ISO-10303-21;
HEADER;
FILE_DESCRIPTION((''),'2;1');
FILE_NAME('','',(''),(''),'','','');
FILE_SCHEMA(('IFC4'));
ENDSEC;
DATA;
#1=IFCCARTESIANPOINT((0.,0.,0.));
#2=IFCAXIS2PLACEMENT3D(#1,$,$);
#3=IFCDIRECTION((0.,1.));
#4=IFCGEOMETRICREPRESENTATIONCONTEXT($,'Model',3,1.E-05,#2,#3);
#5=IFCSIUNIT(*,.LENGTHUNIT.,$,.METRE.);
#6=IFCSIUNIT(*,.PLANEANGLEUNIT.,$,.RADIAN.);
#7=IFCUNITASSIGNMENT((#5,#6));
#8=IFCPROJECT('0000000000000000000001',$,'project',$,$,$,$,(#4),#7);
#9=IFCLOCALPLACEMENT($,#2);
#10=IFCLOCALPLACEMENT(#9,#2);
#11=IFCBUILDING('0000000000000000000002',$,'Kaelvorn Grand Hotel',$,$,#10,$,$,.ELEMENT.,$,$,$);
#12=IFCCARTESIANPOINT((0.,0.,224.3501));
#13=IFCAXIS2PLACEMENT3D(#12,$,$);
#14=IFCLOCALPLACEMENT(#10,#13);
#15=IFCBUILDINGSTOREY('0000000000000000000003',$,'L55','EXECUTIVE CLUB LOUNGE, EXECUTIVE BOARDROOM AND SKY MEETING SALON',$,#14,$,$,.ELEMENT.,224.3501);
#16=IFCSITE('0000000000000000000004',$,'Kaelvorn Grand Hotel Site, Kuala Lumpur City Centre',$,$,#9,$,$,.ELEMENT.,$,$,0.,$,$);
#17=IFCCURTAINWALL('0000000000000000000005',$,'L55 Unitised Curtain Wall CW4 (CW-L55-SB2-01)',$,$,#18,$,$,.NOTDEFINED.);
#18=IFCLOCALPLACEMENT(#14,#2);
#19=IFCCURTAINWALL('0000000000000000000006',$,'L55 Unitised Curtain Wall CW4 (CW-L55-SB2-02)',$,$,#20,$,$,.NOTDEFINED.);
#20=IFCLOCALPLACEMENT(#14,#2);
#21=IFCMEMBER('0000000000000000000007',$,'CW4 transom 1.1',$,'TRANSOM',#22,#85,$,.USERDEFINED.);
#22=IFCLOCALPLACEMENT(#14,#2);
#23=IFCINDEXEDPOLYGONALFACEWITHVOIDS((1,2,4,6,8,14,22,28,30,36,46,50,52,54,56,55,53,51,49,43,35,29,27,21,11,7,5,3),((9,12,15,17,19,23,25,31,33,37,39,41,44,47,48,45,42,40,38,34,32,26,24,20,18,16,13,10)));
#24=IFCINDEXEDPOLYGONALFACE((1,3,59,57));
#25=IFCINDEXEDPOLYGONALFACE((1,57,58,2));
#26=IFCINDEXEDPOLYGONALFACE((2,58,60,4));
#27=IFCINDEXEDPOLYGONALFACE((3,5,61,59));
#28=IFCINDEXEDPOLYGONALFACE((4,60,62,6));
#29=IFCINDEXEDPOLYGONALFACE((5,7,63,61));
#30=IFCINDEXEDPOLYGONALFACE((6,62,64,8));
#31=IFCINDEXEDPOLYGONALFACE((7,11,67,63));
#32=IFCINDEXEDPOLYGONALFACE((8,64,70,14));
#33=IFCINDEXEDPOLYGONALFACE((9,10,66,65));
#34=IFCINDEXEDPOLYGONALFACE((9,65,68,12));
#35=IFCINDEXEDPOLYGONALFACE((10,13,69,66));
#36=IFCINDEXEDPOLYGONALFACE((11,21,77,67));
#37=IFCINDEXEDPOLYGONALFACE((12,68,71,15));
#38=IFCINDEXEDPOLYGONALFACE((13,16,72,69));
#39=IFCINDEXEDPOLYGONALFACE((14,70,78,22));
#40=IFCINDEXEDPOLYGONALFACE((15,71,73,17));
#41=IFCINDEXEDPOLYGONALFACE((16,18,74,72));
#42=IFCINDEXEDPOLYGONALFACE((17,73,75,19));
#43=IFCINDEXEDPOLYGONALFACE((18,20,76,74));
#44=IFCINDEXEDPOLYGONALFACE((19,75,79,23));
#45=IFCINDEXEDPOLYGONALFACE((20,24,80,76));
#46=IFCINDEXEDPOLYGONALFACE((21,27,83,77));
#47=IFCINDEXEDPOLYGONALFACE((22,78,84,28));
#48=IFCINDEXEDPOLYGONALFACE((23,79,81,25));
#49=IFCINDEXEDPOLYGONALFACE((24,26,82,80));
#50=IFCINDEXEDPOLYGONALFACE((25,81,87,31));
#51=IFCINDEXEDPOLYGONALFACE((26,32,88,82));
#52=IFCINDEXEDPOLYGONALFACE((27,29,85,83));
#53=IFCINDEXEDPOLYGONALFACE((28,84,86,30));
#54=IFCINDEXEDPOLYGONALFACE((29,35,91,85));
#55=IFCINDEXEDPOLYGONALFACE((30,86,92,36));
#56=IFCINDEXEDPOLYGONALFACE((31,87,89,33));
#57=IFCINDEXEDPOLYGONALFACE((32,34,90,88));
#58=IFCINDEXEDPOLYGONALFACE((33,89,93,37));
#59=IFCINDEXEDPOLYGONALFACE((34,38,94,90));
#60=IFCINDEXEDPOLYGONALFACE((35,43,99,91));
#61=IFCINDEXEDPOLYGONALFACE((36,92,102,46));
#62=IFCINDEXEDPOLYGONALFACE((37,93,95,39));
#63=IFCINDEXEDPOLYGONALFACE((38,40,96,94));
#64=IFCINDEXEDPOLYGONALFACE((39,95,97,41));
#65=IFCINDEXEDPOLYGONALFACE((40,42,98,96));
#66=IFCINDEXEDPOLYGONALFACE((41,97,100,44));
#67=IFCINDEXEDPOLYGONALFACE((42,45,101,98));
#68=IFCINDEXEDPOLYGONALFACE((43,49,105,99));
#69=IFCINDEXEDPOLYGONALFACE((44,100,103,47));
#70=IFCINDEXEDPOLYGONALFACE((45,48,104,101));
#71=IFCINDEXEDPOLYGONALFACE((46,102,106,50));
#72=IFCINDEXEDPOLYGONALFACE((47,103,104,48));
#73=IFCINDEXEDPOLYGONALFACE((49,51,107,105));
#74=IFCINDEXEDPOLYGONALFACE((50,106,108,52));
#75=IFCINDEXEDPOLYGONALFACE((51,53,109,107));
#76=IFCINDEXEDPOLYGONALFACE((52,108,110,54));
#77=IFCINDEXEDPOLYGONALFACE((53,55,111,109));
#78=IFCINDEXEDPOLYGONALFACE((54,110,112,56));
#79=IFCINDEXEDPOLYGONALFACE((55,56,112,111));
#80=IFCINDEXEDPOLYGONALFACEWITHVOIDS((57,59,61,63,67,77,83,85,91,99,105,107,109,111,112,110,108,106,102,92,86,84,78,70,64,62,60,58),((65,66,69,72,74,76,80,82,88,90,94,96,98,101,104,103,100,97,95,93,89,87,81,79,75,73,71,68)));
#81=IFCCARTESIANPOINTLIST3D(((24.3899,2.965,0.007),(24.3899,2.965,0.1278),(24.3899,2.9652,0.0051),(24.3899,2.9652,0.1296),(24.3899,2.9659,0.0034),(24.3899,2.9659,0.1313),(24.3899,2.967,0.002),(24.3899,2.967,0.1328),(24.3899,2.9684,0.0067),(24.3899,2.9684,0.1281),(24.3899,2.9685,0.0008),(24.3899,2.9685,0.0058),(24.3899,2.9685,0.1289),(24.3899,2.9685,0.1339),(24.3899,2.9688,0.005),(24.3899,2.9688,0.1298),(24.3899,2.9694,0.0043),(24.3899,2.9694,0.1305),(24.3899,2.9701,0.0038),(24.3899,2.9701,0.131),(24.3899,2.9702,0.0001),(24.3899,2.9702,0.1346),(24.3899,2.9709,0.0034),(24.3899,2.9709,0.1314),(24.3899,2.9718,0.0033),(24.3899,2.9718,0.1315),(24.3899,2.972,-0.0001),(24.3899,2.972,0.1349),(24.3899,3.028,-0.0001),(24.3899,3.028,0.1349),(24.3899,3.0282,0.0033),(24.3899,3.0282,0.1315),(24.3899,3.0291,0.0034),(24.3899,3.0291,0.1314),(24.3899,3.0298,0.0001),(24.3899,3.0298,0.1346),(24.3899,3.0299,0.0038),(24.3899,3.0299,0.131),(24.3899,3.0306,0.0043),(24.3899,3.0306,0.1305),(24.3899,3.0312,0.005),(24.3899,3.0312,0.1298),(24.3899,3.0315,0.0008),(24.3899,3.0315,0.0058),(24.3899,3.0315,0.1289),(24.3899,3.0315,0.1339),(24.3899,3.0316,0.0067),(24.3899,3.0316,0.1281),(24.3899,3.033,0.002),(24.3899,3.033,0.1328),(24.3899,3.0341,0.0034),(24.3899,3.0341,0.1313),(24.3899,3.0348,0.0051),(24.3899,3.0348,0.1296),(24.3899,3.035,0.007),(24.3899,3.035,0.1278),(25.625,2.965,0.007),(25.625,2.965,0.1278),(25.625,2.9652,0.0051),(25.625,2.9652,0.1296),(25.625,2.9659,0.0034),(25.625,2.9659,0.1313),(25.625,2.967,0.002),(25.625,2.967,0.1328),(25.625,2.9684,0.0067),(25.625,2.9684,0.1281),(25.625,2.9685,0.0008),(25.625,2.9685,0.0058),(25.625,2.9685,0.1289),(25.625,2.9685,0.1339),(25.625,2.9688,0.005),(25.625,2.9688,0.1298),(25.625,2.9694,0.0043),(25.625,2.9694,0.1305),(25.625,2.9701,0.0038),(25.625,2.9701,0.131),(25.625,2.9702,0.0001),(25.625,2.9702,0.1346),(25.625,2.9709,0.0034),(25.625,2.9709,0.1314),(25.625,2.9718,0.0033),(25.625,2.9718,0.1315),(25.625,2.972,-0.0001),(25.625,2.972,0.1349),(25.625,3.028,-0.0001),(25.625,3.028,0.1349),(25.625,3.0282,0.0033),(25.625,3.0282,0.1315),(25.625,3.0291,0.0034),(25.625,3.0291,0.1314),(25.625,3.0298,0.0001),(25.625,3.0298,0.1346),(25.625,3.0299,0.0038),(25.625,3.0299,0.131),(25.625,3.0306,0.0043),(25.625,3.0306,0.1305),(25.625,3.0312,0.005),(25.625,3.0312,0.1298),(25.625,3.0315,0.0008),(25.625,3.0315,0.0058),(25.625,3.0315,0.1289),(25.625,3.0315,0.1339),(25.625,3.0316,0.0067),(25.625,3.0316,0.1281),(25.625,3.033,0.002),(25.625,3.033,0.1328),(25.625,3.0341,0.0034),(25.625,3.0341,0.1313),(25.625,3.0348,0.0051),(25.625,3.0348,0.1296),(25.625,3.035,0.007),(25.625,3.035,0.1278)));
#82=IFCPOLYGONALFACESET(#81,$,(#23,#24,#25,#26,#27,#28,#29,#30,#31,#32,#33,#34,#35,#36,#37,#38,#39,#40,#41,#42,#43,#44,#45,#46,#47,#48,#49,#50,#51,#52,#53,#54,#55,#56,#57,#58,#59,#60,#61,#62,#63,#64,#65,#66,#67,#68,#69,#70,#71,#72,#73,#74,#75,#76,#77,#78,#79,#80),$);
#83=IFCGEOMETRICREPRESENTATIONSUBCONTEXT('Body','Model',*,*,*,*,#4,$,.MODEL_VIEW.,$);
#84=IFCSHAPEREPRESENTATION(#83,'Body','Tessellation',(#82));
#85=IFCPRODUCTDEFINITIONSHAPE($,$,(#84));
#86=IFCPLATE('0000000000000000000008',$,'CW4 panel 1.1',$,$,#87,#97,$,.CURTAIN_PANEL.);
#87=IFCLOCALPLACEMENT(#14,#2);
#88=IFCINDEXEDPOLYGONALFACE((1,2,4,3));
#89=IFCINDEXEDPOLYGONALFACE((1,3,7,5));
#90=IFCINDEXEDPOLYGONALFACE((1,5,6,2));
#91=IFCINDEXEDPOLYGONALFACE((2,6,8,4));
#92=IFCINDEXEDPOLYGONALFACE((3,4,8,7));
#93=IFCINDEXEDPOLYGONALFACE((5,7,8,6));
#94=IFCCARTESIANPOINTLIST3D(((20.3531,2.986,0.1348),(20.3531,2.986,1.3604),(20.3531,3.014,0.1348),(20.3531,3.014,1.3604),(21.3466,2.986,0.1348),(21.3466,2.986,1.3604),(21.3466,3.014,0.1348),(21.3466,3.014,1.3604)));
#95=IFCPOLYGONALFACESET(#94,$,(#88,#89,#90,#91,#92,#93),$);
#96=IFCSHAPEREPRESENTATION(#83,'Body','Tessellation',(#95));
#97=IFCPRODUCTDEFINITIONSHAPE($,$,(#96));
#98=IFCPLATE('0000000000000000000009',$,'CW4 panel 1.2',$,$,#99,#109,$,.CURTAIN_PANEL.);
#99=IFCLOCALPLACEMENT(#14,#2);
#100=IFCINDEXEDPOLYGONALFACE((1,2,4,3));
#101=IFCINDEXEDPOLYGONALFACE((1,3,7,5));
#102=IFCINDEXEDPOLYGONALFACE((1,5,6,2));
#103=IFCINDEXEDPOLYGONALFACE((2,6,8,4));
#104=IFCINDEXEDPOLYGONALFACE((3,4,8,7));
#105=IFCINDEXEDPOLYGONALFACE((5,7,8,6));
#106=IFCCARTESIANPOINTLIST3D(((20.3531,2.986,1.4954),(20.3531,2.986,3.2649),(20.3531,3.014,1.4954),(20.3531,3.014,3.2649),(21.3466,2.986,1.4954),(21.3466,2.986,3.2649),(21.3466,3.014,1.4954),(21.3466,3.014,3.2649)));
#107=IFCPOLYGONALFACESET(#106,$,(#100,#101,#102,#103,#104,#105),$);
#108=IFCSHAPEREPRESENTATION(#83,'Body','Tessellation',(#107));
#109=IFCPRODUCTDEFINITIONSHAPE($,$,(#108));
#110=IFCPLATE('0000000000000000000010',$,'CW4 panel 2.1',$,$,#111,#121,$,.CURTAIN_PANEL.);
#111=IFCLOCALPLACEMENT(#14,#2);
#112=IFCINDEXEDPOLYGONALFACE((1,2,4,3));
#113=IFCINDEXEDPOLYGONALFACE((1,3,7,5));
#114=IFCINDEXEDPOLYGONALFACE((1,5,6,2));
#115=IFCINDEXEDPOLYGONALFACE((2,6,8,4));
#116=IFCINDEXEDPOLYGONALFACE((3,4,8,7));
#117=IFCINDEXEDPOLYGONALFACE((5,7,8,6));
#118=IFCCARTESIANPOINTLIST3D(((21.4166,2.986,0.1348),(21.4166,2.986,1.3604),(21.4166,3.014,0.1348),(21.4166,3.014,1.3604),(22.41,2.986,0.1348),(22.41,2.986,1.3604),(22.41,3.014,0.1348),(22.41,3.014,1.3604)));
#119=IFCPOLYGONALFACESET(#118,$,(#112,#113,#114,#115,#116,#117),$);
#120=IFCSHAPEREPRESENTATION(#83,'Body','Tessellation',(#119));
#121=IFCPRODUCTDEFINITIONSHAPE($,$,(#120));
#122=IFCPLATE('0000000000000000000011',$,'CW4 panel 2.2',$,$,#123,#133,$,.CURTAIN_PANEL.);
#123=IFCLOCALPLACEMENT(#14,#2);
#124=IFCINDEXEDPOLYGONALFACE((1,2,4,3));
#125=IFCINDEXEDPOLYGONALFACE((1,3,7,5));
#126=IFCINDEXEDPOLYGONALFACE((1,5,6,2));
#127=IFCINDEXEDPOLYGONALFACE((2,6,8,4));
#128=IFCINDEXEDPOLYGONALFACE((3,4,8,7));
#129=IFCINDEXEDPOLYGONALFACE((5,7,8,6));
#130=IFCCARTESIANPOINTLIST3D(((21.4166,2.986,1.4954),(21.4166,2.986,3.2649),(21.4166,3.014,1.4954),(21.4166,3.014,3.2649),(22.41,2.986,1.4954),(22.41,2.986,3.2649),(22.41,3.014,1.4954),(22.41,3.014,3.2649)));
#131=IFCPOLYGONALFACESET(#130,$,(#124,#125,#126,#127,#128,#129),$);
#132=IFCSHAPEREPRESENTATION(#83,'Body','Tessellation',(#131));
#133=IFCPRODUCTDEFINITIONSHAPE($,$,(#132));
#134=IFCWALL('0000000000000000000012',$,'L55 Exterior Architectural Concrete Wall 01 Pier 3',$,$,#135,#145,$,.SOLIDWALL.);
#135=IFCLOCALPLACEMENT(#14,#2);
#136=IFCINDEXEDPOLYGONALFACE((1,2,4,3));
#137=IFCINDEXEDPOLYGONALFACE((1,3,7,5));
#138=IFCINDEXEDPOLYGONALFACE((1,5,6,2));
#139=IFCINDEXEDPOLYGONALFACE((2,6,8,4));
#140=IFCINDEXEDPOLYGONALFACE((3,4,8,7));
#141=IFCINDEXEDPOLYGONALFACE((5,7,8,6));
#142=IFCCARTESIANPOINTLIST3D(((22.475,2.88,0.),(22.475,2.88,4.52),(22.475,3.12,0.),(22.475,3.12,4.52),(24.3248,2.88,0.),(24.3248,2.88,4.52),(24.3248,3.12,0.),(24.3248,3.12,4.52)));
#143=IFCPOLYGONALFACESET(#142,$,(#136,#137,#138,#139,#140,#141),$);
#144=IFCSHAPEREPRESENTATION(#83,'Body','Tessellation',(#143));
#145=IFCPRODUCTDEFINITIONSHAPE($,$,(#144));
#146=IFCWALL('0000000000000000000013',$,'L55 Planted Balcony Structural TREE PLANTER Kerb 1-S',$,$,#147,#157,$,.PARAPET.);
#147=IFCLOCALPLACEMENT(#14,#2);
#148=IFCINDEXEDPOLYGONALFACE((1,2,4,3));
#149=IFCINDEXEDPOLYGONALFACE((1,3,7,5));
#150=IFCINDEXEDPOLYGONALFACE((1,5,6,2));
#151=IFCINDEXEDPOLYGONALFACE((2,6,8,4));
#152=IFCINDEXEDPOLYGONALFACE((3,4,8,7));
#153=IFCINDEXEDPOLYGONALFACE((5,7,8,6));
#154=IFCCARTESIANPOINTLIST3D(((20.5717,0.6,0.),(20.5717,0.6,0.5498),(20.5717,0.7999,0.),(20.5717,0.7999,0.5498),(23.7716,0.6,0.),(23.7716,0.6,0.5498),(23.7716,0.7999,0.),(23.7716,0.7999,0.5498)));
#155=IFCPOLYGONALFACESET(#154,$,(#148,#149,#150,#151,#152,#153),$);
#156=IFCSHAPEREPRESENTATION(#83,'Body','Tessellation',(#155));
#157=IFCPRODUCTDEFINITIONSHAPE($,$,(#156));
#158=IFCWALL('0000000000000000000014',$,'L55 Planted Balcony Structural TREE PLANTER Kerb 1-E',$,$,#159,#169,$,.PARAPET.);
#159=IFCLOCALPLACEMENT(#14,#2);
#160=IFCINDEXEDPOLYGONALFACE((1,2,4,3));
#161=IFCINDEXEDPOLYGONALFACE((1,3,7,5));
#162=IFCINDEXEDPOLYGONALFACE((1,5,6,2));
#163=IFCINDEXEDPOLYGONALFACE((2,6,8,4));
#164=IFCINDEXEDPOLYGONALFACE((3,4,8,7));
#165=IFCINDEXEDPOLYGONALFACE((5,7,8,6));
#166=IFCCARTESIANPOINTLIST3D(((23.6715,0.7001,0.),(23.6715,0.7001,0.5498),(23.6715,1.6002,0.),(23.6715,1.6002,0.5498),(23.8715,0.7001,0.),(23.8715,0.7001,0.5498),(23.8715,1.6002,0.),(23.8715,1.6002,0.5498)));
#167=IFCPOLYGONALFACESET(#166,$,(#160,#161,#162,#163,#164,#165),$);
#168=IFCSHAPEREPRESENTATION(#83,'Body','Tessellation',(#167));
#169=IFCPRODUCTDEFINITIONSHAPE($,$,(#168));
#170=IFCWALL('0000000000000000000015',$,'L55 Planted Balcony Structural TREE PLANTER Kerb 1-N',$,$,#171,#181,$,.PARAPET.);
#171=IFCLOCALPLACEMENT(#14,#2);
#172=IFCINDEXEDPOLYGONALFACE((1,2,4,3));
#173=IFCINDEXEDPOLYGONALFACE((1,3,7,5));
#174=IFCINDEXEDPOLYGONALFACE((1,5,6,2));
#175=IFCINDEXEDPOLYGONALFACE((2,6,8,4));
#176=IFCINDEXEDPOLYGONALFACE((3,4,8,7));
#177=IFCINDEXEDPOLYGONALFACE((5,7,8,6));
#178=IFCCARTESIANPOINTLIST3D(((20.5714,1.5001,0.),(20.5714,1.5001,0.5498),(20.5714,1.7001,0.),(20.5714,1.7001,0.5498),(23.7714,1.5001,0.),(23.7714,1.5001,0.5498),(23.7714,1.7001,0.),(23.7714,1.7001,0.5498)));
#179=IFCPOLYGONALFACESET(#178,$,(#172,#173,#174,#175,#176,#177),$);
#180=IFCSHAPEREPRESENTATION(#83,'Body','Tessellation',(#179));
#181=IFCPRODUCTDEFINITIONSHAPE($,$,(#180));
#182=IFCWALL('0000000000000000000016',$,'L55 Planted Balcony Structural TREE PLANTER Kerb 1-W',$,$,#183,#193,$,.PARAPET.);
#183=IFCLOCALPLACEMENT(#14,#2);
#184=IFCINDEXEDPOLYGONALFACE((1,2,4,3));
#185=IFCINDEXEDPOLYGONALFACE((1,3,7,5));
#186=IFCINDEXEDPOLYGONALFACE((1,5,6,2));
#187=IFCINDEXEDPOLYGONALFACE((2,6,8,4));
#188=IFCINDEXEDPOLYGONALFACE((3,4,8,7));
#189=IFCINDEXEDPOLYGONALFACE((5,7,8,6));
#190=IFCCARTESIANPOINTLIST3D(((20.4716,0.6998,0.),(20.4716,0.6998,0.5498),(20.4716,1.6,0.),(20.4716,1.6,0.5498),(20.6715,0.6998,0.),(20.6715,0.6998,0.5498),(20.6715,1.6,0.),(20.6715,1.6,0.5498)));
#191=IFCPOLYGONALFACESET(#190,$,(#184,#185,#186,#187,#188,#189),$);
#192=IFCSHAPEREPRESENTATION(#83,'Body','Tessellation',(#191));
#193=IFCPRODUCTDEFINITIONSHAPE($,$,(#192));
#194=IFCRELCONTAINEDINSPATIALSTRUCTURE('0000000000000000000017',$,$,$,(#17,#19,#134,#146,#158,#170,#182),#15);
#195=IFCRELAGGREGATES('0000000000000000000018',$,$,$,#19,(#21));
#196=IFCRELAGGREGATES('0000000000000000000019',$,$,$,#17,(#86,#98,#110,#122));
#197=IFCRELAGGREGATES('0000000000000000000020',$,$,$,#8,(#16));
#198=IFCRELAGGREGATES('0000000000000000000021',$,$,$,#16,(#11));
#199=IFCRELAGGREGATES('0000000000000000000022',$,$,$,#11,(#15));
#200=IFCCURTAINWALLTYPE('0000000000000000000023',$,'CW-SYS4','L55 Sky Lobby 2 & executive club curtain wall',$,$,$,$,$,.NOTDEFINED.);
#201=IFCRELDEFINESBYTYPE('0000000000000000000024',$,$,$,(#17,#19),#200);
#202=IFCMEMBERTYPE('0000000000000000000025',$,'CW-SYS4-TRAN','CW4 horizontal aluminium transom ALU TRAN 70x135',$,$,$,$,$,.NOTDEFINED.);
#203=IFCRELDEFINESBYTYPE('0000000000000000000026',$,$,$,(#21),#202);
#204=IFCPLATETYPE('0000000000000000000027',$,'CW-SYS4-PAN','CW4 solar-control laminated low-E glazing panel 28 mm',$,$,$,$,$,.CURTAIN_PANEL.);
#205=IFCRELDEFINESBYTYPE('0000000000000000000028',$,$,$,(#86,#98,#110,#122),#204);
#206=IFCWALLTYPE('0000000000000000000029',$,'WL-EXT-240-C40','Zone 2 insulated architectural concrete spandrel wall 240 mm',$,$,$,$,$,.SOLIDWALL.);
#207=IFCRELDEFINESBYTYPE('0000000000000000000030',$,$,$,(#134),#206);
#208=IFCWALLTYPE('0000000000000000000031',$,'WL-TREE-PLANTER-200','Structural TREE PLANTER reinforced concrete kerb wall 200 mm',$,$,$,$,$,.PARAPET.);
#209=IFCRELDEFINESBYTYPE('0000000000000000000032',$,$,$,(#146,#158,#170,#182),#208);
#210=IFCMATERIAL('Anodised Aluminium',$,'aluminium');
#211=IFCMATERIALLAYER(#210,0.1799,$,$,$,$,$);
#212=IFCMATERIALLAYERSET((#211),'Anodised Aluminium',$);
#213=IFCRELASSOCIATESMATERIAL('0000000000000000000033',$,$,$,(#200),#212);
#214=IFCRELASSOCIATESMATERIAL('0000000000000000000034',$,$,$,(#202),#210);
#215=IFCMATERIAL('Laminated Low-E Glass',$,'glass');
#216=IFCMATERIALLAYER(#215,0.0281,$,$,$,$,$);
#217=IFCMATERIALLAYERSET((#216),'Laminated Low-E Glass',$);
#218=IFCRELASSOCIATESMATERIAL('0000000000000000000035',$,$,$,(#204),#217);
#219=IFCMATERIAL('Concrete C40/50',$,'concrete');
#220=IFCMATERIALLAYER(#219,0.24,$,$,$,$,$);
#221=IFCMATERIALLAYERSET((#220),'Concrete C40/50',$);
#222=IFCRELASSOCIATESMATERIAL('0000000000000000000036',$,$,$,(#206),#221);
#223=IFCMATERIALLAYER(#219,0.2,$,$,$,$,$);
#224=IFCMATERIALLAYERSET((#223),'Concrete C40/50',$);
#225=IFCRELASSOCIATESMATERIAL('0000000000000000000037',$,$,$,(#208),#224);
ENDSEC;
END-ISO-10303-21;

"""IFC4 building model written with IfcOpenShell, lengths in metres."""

from ifc_helpers import new_model, si_unit, direction, frame, frame_2d, origin, origin_2d, place, context, subcontext, project, spatial, rectangle, hollow_rectangle, extrude, material, layer, layer_set, material_profile, profile_set, type_object, element, aggregate, save


model = new_model("IFC4")

# Units and contexts
model_context = context("Model", 3, precision=1e-05, world=origin(), true_north=direction((0.0, 1.0)))
body_context = subcontext(model_context, "Body", "Model", "MODEL_VIEW")
ifc_project = project(units=[si_unit("LENGTHUNIT", "METRE"), si_unit("PLANEANGLEUNIT", "RADIAN")], contexts=[model_context])

# Site, building, storey
site_placement = place(None, origin())
site = spatial("IfcSite", under=ifc_project, at=site_placement, Name="Kaelvorn Grand Hotel Site, Kuala Lumpur City Centre", CompositionType="ELEMENT", RefElevation=0.0)
building_placement = place(site_placement, origin())
building = spatial("IfcBuilding", under=site, at=building_placement, Name="Kaelvorn Grand Hotel", CompositionType="ELEMENT")
storey_placement = place(building_placement, frame((0.0, 0.0, 224.3501)))
storey = spatial("IfcBuildingStorey", under=building, at=storey_placement, Name="L55", Description="EXECUTIVE CLUB LOUNGE, EXECUTIVE BOARDROOM AND SKY MEETING SALON", CompositionType="ELEMENT", Elevation=224.3501)

# Shared definitions
ifc_material_1 = material(Name="Concrete C40/50", Category="concrete")

# Curtain wall
ifc_material_2 = material(Name="Anodised Aluminium", Category="aluminium")
ifc_layer_1 = layer(ifc_material_2, 0.1799)
ifc_layer_set_1 = layer_set([ifc_layer_1], Name="Anodised Aluminium")
curtain_wall_type = type_object("IfcCurtainWallType", Name="CW-SYS4", Description="L55 Sky Lobby 2 & executive club curtain wall", PredefinedType="NOTDEFINED", material=ifc_layer_set_1)
curtain_wall_1_placement = place(storey_placement, origin())
curtain_wall_1 = element("IfcCurtainWall", 1, at=curtain_wall_1_placement, inside=storey, type_object=curtain_wall_type, Name="L55 Unitised Curtain Wall CW4 (CW-L55-SB2-01)", PredefinedType="NOTDEFINED")

# Curtain wall
curtain_wall_2_placement = place(storey_placement, origin())
curtain_wall_2 = element("IfcCurtainWall", 2, at=curtain_wall_2_placement, inside=storey, type_object=curtain_wall_type, Name="L55 Unitised Curtain Wall CW4 (CW-L55-SB2-02)", PredefinedType="NOTDEFINED")

# Member
ifc_material_profile_1 = material_profile(ifc_material_2, hollow_rectangle(XDim=0.0701, YDim=0.135, WallThickness=0.0034, InnerFilletRadius=0.0034, OuterFilletRadius=0.0071, at=origin_2d()), Name="ALU TRAN 70x135")
ifc_profile_set_1 = profile_set([ifc_material_profile_1], Name="Anodised Aluminium")
member_type_1 = type_object("IfcMemberType", Name="CW-SYS4-TRAN", Description="CW4 horizontal aluminium transom ALU TRAN 70x135", PredefinedType="NOTDEFINED", material=ifc_profile_set_1)
member_1_placement = place(storey_placement, frame((24.3899, 3.0, 0.0674), z_axis=(1.0, 0.0, 0.0), x_axis=(0.0, 1.0, 0.0)))
member_1 = element("IfcMember", 3, at=member_1_placement, type_object=member_type_1, Name="CW4 transom 1.1", ObjectType="TRANSOM", PredefinedType="USERDEFINED", context=body_context, shape_type="SweptSolid", body=[
    extrude(hollow_rectangle(XDim=0.0701, YDim=0.135, WallThickness=0.0034, InnerFilletRadius=0.0034, OuterFilletRadius=0.0071, at=origin_2d()), origin(), (0.0, 0.0, 1.0), 1.2351),
])
aggregate(curtain_wall_2, [member_1])

# Plates
ifc_material_3 = material(Name="Laminated Low-E Glass", Category="glass")
ifc_layer_2 = layer(ifc_material_3, 0.0281)
ifc_layer_set_2 = layer_set([ifc_layer_2], Name="Laminated Low-E Glass")
plate_type = type_object("IfcPlateType", Name="CW-SYS4-PAN", Description="CW4 solar-control laminated low-E glazing panel 28 mm", PredefinedType="CURTAIN_PANEL", material=ifc_layer_set_2)
plate_1_placement = place(storey_placement, frame((20.8499, 3.0, 0.1348), z_axis=(0.0, 0.0, 1.0), x_axis=(1.0, 0.0, 0.0)))
plate_1 = element("IfcPlate", 4, at=plate_1_placement, type_object=plate_type, Name="CW4 panel 1.1", PredefinedType="CURTAIN_PANEL", context=body_context, shape_type="SweptSolid", body=[
    extrude(rectangle(XDim=0.9934, YDim=0.0281, at=origin_2d()), origin(), (0.0, 0.0, 1.0), 1.2256),
])
plate_2_placement = place(storey_placement, frame((20.8499, 3.0, 1.4954), z_axis=(0.0, 0.0, 1.0), x_axis=(1.0, 0.0, 0.0)))
plate_2 = element("IfcPlate", 5, at=plate_2_placement, type_object=plate_type, Name="CW4 panel 1.2", PredefinedType="CURTAIN_PANEL", context=body_context, shape_type="SweptSolid", body=[
    extrude(rectangle(XDim=0.9934, YDim=0.0281, at=origin_2d()), origin(), (0.0, 0.0, 1.0), 1.7695),
])
plate_3_placement = place(storey_placement, frame((21.9133, 3.0, 0.1348), z_axis=(0.0, 0.0, 1.0), x_axis=(1.0, 0.0, 0.0)))
plate_3 = element("IfcPlate", 6, at=plate_3_placement, type_object=plate_type, Name="CW4 panel 2.1", PredefinedType="CURTAIN_PANEL", context=body_context, shape_type="SweptSolid", body=[
    extrude(rectangle(XDim=0.9934, YDim=0.0281, at=origin_2d()), origin(), (0.0, 0.0, 1.0), 1.2256),
])
plate_4_placement = place(storey_placement, frame((21.9133, 3.0, 1.4954), z_axis=(0.0, 0.0, 1.0), x_axis=(1.0, 0.0, 0.0)))
plate_4 = element("IfcPlate", 7, at=plate_4_placement, type_object=plate_type, Name="CW4 panel 2.2", PredefinedType="CURTAIN_PANEL", context=body_context, shape_type="SweptSolid", body=[
    extrude(rectangle(XDim=0.9934, YDim=0.0281, at=origin_2d()), origin(), (0.0, 0.0, 1.0), 1.7695),
])
aggregate(curtain_wall_1, [plate_1, plate_2, plate_3, plate_4])

# Walls
ifc_layer_3 = layer(ifc_material_1, 0.24)
ifc_layer_set_3 = layer_set([ifc_layer_3], Name="Concrete C40/50")
wall_type_1 = type_object("IfcWallType", Name="WL-EXT-240-C40", Description="Zone 2 insulated architectural concrete spandrel wall 240 mm", PredefinedType="SOLIDWALL", material=ifc_layer_set_3)
wall_1_placement = place(storey_placement, frame((22.4751, 3.0, 0.0), z_axis=(0.0, 0.0, 1.0), x_axis=(1.0, 0.0, 0.0)))
element("IfcWall", 8, at=wall_1_placement, inside=storey, type_object=wall_type_1, Name="L55 Exterior Architectural Concrete Wall 01 Pier 3", PredefinedType="SOLIDWALL", context=body_context, shape_type="SweptSolid", body=[
    extrude(rectangle(XDim=1.8499, YDim=0.24, at=frame_2d((0.9248, 0.0))), origin(), (0.0, 0.0, 1.0), 4.52),
])
ifc_layer_4 = layer(ifc_material_1, 0.2)
ifc_layer_set_4 = layer_set([ifc_layer_4], Name="Concrete C40/50")
wall_type_2 = type_object("IfcWallType", Name="WL-TREE-PLANTER-200", Description="Structural TREE PLANTER reinforced concrete kerb wall 200 mm", PredefinedType="PARAPET", material=ifc_layer_set_4)
wall_2_placement = place(storey_placement, frame((20.5715, 0.7, 0.0), z_axis=(0.0, 0.0, 1.0), x_axis=(1.0, 0.0, 0.0)))
element("IfcWall", 9, at=wall_2_placement, inside=storey, type_object=wall_type_2, Name="L55 Planted Balcony Structural TREE PLANTER Kerb 1-S", PredefinedType="PARAPET", context=body_context, shape_type="SweptSolid", body=[
    extrude(rectangle(XDim=3.2, YDim=0.2, at=frame_2d((1.6001, 0.0))), origin(), (0.0, 0.0, 1.0), 0.5498),
])
wall_3_placement = place(storey_placement, frame((23.7715, 0.7, 0.0), z_axis=(0.0, 0.0, 1.0), x_axis=(0.0, 1.0, 0.0)))
element("IfcWall", 10, at=wall_3_placement, inside=storey, type_object=wall_type_2, Name="L55 Planted Balcony Structural TREE PLANTER Kerb 1-E", PredefinedType="PARAPET", context=body_context, shape_type="SweptSolid", body=[
    extrude(rectangle(XDim=0.9001, YDim=0.2, at=frame_2d((0.4502, 0.0))), origin(), (0.0, 0.0, 1.0), 0.5498),
])
wall_4_placement = place(storey_placement, frame((23.7715, 1.6001, 0.0), z_axis=(0.0, 0.0, 1.0), x_axis=(-1.0, 0.0, 0.0)))
element("IfcWall", 11, at=wall_4_placement, inside=storey, type_object=wall_type_2, Name="L55 Planted Balcony Structural TREE PLANTER Kerb 1-N", PredefinedType="PARAPET", context=body_context, shape_type="SweptSolid", body=[
    extrude(rectangle(XDim=3.2, YDim=0.2, at=frame_2d((1.6001, 0.0))), origin(), (0.0, 0.0, 1.0), 0.5498),
])
wall_5_placement = place(storey_placement, frame((20.5715, 1.6001, 0.0), z_axis=(0.0, 0.0, 1.0), x_axis=(0.0, -1.0, 0.0)))
element("IfcWall", 12, at=wall_5_placement, inside=storey, type_object=wall_type_2, Name="L55 Planted Balcony Structural TREE PLANTER Kerb 1-W", PredefinedType="PARAPET", context=body_context, shape_type="SweptSolid", body=[
    extrude(rectangle(XDim=0.9001, YDim=0.2, at=frame_2d((0.4502, 0.0))), origin(), (0.0, 0.0, 1.0), 0.5498),
])

save(model, "model.ifc")
